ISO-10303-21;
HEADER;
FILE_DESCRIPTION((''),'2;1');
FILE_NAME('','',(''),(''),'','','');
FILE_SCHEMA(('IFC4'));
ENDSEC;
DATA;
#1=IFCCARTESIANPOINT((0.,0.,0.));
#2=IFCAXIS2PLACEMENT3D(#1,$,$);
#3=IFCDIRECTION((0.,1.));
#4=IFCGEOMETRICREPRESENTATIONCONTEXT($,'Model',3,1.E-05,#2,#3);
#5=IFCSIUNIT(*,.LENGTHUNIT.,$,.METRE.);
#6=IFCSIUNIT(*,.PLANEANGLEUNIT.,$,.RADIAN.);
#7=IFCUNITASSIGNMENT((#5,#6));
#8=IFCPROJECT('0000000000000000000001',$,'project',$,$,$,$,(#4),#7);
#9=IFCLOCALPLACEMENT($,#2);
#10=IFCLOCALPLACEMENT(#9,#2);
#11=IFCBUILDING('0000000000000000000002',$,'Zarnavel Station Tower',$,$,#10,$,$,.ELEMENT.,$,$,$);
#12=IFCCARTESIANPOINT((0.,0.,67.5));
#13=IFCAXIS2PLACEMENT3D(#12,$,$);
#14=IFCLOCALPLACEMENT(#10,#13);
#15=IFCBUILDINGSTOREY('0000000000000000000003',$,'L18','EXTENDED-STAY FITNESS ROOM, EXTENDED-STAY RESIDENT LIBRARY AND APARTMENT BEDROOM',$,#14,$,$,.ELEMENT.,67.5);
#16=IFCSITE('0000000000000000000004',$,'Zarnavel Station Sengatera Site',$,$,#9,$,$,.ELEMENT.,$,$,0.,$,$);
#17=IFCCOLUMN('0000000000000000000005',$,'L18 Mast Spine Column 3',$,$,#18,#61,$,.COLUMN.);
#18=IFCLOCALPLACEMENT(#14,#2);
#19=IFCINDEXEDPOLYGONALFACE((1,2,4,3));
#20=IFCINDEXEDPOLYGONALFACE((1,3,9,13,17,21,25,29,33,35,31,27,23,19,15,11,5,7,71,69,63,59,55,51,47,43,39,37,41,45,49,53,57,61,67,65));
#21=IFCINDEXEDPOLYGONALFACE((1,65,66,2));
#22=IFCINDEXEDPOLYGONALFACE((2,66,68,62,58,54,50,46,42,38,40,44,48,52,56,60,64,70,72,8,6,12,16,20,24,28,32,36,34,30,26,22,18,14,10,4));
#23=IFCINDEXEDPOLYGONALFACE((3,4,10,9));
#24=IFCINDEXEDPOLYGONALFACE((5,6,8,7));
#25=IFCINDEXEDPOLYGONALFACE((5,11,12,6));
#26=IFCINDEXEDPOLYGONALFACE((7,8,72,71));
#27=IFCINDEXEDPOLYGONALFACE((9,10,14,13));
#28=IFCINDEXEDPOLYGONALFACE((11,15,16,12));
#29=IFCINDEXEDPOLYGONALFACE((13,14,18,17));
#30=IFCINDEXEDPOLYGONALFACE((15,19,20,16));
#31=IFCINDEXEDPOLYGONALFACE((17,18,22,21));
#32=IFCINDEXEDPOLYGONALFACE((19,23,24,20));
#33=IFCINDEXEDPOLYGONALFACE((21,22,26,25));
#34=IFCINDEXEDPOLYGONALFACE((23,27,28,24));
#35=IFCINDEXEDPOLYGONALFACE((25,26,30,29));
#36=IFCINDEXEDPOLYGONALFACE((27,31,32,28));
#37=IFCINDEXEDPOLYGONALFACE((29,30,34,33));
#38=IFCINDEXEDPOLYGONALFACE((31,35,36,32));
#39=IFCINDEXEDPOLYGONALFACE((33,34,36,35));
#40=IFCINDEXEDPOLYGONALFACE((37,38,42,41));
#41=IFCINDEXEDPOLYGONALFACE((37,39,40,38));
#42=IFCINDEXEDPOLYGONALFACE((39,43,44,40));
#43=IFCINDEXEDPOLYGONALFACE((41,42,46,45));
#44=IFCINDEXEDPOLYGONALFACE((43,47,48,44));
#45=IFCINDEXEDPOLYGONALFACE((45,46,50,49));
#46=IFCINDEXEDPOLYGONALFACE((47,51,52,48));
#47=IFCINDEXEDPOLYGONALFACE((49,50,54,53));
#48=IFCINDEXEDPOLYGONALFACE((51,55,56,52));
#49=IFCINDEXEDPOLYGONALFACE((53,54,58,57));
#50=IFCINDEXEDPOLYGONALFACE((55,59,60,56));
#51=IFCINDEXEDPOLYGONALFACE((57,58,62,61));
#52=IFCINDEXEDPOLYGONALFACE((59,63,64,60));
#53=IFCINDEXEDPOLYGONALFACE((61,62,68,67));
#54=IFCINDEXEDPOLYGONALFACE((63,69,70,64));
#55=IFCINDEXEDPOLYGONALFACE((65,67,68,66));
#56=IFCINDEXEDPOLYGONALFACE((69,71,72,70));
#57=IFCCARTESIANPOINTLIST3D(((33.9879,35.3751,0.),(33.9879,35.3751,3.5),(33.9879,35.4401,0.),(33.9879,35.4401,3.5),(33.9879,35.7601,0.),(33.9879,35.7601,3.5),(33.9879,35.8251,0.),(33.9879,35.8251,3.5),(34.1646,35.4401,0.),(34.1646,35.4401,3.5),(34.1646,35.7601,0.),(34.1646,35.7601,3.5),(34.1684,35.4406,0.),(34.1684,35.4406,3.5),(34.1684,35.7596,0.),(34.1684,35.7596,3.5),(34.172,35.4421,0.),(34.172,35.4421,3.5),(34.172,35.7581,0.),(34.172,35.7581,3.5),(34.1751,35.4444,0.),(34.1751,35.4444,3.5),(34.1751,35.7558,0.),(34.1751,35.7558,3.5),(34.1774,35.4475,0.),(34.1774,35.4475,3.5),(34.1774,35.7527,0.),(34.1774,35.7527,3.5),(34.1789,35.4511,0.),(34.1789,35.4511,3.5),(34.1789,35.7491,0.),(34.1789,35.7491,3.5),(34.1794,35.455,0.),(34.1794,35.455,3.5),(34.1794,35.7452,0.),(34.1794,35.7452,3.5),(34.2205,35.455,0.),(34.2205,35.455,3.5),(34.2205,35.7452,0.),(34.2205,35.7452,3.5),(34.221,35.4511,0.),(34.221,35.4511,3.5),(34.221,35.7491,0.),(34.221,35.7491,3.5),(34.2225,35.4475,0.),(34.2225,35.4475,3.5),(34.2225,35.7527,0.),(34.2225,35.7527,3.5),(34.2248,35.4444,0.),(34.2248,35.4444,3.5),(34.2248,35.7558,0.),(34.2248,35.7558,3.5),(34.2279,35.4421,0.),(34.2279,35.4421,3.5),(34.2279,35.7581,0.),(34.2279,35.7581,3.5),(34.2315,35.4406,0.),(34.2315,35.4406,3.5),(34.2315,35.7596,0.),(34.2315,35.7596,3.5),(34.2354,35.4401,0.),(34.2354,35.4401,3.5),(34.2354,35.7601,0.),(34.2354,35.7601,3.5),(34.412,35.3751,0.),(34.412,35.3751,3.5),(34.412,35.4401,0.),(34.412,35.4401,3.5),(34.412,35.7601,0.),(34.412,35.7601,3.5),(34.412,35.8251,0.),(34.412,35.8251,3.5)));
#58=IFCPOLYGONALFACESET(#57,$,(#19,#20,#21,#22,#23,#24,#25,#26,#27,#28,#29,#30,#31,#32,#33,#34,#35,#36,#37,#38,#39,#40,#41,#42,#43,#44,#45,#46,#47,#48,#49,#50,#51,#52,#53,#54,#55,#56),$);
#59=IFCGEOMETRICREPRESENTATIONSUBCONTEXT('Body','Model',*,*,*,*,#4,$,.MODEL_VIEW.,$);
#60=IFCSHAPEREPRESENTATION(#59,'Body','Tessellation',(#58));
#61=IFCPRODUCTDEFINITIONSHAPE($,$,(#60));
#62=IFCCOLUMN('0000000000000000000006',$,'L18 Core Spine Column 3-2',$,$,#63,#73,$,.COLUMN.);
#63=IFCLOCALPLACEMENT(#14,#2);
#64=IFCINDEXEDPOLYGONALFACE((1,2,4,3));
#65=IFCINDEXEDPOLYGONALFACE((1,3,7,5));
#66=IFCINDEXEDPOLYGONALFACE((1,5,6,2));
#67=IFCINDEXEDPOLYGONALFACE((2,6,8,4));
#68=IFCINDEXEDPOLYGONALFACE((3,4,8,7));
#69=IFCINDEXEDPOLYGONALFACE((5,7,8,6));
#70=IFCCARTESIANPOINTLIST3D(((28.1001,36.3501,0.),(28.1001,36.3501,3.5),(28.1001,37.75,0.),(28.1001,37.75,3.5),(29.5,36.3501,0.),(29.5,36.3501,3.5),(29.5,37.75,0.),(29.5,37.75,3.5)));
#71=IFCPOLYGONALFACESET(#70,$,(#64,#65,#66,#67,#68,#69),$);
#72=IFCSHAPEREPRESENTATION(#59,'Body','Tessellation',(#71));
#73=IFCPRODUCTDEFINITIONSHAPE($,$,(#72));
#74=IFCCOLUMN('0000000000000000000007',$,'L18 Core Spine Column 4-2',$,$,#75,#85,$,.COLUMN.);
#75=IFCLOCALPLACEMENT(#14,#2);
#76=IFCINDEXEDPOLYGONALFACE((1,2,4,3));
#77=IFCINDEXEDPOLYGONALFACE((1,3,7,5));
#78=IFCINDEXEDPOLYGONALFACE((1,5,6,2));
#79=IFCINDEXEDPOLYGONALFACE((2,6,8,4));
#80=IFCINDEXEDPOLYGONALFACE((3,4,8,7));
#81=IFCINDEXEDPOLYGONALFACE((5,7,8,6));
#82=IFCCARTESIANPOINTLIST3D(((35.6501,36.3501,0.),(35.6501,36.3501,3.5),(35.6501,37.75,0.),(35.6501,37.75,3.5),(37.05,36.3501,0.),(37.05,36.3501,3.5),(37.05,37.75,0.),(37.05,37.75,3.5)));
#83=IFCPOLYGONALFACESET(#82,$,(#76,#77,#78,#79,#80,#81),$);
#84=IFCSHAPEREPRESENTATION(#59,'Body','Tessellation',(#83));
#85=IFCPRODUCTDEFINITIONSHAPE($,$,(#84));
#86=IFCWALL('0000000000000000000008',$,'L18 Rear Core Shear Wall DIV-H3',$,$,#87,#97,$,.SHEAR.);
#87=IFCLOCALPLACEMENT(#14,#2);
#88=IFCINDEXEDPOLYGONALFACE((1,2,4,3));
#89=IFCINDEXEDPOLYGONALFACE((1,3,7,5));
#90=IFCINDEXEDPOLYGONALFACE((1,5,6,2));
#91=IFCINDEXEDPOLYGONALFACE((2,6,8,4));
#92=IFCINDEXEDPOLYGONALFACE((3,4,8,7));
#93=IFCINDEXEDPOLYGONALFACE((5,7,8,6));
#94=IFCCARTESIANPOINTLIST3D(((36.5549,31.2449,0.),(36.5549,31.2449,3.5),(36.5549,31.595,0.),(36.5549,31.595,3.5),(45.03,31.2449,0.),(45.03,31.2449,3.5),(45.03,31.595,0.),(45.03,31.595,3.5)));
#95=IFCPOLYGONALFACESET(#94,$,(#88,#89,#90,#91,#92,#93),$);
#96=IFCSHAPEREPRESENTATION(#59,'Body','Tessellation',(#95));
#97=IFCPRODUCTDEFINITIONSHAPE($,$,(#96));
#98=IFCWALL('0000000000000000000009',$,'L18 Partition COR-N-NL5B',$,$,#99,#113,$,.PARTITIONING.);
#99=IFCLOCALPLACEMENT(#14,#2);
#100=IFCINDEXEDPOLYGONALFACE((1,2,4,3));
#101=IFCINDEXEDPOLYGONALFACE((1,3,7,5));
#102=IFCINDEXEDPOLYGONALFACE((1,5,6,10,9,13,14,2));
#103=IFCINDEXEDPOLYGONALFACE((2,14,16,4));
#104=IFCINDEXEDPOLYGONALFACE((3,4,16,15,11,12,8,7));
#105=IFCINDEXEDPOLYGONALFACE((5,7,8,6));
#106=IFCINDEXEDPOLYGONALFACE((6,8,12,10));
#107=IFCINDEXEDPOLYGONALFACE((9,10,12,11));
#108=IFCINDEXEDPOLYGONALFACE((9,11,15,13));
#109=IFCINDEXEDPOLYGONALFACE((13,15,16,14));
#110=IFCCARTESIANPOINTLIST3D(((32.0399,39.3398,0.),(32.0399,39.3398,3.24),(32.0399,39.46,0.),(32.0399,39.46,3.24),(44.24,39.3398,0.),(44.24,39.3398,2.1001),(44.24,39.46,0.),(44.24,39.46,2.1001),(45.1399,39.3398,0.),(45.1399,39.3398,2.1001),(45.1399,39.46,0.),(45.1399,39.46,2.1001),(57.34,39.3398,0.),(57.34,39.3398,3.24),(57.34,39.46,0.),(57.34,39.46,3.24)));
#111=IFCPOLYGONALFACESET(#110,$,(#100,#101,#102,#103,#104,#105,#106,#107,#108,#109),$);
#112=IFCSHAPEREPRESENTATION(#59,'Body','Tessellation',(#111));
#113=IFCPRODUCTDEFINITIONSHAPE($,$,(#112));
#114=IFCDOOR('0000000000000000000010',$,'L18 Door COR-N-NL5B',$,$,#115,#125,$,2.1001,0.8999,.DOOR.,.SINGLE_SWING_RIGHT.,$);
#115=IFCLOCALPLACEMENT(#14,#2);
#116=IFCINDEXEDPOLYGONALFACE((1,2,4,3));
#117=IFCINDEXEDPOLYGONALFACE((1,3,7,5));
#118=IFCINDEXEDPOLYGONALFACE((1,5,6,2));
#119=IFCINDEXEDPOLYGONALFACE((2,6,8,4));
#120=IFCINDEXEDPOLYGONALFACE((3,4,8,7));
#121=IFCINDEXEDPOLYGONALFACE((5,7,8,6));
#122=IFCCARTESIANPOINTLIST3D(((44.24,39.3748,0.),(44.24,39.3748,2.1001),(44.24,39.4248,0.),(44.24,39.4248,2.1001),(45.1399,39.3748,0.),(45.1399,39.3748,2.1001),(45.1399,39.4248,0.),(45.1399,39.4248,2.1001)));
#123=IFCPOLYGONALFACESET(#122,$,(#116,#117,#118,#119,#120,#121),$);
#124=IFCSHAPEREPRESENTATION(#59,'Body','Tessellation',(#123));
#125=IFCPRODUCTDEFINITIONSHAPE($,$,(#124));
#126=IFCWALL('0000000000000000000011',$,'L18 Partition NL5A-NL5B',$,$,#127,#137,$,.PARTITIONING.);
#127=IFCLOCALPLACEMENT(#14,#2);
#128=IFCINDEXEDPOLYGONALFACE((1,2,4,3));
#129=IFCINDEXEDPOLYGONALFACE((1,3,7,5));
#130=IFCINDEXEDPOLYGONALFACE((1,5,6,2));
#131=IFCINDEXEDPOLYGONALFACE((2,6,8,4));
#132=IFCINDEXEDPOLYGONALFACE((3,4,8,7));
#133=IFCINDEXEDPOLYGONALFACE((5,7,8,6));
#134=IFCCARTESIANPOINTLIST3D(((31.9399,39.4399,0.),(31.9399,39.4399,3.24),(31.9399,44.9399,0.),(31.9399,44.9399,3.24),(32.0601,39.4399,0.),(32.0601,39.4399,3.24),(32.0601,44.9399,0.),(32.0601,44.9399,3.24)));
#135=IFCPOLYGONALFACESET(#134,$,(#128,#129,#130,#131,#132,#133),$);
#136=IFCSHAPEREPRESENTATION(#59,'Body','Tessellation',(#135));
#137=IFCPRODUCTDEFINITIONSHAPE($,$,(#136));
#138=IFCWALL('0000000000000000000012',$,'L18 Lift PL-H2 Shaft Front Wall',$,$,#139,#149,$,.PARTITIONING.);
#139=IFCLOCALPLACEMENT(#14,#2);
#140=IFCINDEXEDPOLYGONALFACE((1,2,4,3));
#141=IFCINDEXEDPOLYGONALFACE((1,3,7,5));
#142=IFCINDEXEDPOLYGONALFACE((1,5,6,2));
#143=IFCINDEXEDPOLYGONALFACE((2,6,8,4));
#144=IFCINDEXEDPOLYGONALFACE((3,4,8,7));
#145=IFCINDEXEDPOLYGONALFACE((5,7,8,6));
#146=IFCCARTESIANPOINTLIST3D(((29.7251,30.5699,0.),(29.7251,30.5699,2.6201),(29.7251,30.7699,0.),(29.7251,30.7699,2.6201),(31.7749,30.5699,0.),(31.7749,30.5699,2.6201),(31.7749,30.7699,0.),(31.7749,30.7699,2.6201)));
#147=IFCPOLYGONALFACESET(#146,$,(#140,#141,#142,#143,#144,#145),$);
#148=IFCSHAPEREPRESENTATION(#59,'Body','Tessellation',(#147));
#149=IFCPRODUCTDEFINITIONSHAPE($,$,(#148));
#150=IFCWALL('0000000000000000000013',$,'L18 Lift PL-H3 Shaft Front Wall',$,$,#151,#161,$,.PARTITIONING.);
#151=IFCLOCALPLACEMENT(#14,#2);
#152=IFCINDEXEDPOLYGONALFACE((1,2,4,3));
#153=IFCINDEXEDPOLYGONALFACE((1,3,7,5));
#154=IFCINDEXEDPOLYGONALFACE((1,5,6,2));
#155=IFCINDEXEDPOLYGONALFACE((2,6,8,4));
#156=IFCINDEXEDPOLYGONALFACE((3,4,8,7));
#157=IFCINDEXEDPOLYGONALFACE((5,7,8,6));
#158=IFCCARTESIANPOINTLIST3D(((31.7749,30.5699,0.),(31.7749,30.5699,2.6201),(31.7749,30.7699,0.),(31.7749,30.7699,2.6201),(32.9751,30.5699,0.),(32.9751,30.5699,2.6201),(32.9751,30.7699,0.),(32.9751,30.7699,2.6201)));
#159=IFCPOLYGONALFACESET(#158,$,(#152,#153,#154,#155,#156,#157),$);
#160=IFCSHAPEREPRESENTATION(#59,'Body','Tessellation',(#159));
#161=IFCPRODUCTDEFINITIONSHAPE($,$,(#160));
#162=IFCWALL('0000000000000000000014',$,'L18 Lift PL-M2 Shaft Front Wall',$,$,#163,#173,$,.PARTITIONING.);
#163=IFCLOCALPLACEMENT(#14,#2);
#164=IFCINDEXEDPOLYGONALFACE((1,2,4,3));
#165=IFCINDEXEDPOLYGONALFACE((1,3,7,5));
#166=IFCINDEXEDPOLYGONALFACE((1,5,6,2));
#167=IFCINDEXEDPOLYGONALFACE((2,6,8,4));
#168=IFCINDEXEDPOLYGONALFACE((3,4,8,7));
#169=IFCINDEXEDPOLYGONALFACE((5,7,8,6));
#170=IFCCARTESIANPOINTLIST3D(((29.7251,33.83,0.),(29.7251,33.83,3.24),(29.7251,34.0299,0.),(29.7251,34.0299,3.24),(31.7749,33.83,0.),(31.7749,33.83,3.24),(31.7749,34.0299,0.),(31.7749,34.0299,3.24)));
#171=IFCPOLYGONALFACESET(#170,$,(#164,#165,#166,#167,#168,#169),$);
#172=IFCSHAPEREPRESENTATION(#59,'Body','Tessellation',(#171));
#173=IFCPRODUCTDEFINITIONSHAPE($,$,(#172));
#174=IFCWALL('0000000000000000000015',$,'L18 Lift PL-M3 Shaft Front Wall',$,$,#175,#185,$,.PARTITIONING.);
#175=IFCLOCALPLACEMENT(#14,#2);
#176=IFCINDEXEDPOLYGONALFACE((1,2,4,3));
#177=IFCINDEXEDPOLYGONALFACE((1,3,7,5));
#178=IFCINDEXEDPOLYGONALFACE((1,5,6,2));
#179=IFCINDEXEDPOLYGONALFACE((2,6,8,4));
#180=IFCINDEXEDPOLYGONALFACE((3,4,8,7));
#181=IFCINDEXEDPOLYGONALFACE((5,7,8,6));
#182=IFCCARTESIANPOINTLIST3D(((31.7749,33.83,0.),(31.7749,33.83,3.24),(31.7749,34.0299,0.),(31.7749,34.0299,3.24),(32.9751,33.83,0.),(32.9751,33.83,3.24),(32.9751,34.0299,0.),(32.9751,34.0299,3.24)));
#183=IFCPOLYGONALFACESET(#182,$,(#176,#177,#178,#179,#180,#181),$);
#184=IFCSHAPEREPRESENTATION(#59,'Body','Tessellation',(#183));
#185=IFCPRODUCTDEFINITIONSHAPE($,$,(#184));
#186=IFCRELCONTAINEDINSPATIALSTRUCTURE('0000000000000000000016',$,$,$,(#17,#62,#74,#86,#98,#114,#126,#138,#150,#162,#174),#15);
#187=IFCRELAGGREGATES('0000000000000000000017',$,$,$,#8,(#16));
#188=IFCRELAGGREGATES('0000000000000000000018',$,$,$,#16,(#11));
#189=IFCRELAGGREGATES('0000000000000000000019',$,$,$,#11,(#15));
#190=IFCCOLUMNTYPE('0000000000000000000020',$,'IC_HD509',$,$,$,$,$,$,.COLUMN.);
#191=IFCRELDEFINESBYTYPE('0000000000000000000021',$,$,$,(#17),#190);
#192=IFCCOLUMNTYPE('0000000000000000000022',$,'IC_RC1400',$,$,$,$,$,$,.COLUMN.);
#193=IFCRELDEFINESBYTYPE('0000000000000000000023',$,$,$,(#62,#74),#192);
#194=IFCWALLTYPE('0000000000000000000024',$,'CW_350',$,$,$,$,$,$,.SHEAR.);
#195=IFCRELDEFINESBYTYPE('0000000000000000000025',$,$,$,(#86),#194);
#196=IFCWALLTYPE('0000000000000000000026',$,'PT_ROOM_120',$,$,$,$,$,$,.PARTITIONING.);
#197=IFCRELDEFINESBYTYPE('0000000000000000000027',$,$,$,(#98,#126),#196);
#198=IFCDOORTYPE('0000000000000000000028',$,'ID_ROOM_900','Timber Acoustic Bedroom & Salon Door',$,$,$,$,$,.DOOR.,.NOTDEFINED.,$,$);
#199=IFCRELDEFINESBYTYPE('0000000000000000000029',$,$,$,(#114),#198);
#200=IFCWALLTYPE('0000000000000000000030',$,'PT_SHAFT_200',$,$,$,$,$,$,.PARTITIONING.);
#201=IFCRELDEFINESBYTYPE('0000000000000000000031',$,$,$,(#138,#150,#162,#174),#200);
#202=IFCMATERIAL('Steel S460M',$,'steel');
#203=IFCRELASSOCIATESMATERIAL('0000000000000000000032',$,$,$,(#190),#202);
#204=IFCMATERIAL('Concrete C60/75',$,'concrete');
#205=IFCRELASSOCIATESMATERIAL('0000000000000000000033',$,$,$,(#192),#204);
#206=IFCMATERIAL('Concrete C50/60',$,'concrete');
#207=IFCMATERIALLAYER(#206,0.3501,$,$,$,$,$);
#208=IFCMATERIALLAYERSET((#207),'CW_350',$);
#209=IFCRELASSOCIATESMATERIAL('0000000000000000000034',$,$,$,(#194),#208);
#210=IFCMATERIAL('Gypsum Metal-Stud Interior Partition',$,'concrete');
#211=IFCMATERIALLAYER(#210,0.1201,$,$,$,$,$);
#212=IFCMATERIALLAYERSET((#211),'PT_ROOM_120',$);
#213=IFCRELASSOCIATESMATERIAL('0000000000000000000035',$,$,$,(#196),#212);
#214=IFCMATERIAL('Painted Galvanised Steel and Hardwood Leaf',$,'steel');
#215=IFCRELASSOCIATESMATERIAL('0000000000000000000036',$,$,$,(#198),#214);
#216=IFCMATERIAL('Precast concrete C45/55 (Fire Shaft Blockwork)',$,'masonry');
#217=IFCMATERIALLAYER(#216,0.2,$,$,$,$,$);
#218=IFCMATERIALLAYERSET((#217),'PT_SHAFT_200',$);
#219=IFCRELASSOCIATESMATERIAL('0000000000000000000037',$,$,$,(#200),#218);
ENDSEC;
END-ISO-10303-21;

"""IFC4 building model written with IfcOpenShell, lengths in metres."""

from ifc_helpers import new_model, si_unit, direction, frame, frame_2d, origin, origin_2d, place, context, subcontext, project, spatial, rectangle, i_section, extrude, material, layer, layer_set, material_profile, profile_set, type_object, element, fill, save


model = new_model("IFC4")

# Units and contexts
model_context = context("Model", 3, precision=1e-05, world=origin(), true_north=direction((0.0, 1.0)))
body_context = subcontext(model_context, "Body", "Model", "MODEL_VIEW")
ifc_project = project(units=[si_unit("LENGTHUNIT", "METRE"), si_unit("PLANEANGLEUNIT", "RADIAN")], contexts=[model_context])

# Site, building, storey
site_placement = place(None, origin())
site = spatial("IfcSite", under=ifc_project, at=site_placement, Name="Zarnavel Station Sengatera Site", CompositionType="ELEMENT", RefElevation=0.0)
building_placement = place(site_placement, origin())
building = spatial("IfcBuilding", under=site, at=building_placement, Name="Zarnavel Station Tower", CompositionType="ELEMENT")
storey_placement = place(building_placement, frame((0.0, 0.0, 67.5)))
storey = spatial("IfcBuildingStorey", under=building, at=storey_placement, Name="L18", Description="EXTENDED-STAY FITNESS ROOM, EXTENDED-STAY RESIDENT LIBRARY AND APARTMENT BEDROOM", CompositionType="ELEMENT", Elevation=67.5)

# Columns
ifc_material_1 = material(Name="Steel S460M", Category="steel")
ifc_material_profile_1 = material_profile(ifc_material_1, i_section(OverallWidth=0.4241, OverallDepth=0.45, WebThickness=0.041, FlangeThickness=0.0649, FilletRadius=0.0149, at=origin_2d()), Name="HD400x509")
ifc_profile_set_1 = profile_set([ifc_material_profile_1], Name="Steel S460M")
column_type_1 = type_object("IfcColumnType", Name="IC_HD509", PredefinedType="COLUMN", material=ifc_profile_set_1)
column_placement = place(storey_placement, frame((34.2, 35.6001, 0.0), z_axis=(0.0, 0.0, 1.0), x_axis=(1.0, 0.0, 0.0)))
element("IfcColumn", 1, at=column_placement, inside=storey, type_object=column_type_1, Name="L18 Mast Spine Column 3", PredefinedType="COLUMN", context=body_context, shape_type="SweptSolid", body=[
    extrude(i_section(OverallWidth=0.4241, OverallDepth=0.45, WebThickness=0.041, FlangeThickness=0.0649, FilletRadius=0.0149, at=origin_2d()), origin(), (0.0, 0.0, 1.0), 3.5),
])
ifc_material_2 = material(Name="Concrete C60/75", Category="concrete")
ifc_material_profile_2 = material_profile(ifc_material_2, rectangle(XDim=1.3999, YDim=1.3999, at=origin_2d()), Name="RC1400x1400")
ifc_profile_set_2 = profile_set([ifc_material_profile_2], Name="Concrete C60/75")
column_type_2 = type_object("IfcColumnType", Name="IC_RC1400", PredefinedType="COLUMN", material=ifc_profile_set_2)
for number, where, z_axis, x_axis, name in (
    (2, (28.8, 37.05, 0.0), (0.0, 0.0, 1.0), (1.0, 0.0, 0.0), "L18 Core Spine Column 3-2"),
    (3, (36.3501, 37.05, 0.0), (0.0, 0.0, 1.0), (1.0, 0.0, 0.0), "L18 Core Spine Column 4-2"),
):
    element("IfcColumn", number, at=place(storey_placement, frame(where, z_axis=z_axis, x_axis=x_axis)), inside=storey, type_object=column_type_2, Name=name, PredefinedType="COLUMN", context=body_context, shape_type="SweptSolid", body=[
        extrude(rectangle(XDim=1.3999, YDim=1.3999, at=origin_2d()), origin(), (0.0, 0.0, 1.0), 3.5),
    ])

# Wall
ifc_material_3 = material(Name="Concrete C50/60", Category="concrete")
ifc_layer_1 = layer(ifc_material_3, 0.3501)
ifc_layer_set_1 = layer_set([ifc_layer_1], Name="CW_350")
wall_type_1 = type_object("IfcWallType", Name="CW_350", PredefinedType="SHEAR", material=ifc_layer_set_1)
wall_1_placement = place(storey_placement, frame((36.5549, 31.4199, 0.0), z_axis=(0.0, 0.0, 1.0), x_axis=(1.0, 0.0, 0.0)))
element("IfcWall", 4, at=wall_1_placement, inside=storey, type_object=wall_type_1, Name="L18 Rear Core Shear Wall DIV-H3", PredefinedType="SHEAR", context=body_context, shape_type="SweptSolid", body=[
    extrude(rectangle(XDim=8.4751, YDim=0.3501, at=frame_2d((4.2375, 0.0))), origin(), (0.0, 0.0, 1.0), 3.5),
])

# Wall, opening, door
ifc_material_4 = material(Name="Gypsum Metal-Stud Interior Partition", Category="concrete")
ifc_layer_2 = layer(ifc_material_4, 0.1201)
ifc_layer_set_2 = layer_set([ifc_layer_2], Name="PT_ROOM_120")
wall_type_2 = type_object("IfcWallType", Name="PT_ROOM_120", PredefinedType="PARTITIONING", material=ifc_layer_set_2)
wall_2_placement = place(storey_placement, frame((32.04, 39.3999, 0.0), z_axis=(0.0, 0.0, 1.0), x_axis=(1.0, 0.0, 0.0)))
wall_2 = element("IfcWall", 5, at=wall_2_placement, inside=storey, type_object=wall_type_2, Name="L18 Partition COR-N-NL5B", PredefinedType="PARTITIONING", context=body_context, shape_type="SweptSolid", body=[
    extrude(rectangle(XDim=25.3, YDim=0.1201, at=frame_2d((12.6499, 0.0))), origin(), (0.0, 0.0, 1.0), 3.24),
])
opening_1_placement = place(wall_2_placement, frame((12.2, 0.0, 0.0)))
opening_1 = element("IfcOpeningElement", 6, at=opening_1_placement, cuts=wall_2, PredefinedType="OPENING", context=body_context, shape_type="SweptSolid", body=[
    extrude(rectangle(XDim=0.8999, YDim=2.1001, at=frame_2d((0.45, 1.05))), frame((0.0, 0.0701, 0.0), z_axis=(0.0, -1.0, 0.0), x_axis=(1.0, 0.0, 0.0)), (0.0, 0.0, 1.0), 0.1401),
])
ifc_material_5 = material(Name="Painted Galvanised Steel and Hardwood Leaf", Category="steel")
door_type_1 = type_object("IfcDoorType", Name="ID_ROOM_900", Description="Timber Acoustic Bedroom & Salon Door", OperationType="NOTDEFINED", PredefinedType="DOOR", material=ifc_material_5)
door_1_placement = place(opening_1_placement, origin())
door_1 = element("IfcDoor", 7, at=door_1_placement, inside=storey, type_object=door_type_1, Name="L18 Door COR-N-NL5B", OperationType="SINGLE_SWING_RIGHT", OverallHeight=2.1001, OverallWidth=0.8999, PredefinedType="DOOR", context=body_context, shape_type="SweptSolid", body=[
    extrude(rectangle(XDim=0.8999, YDim=2.1001, at=frame_2d((0.45, 1.05))), frame((0.0, 0.0249, 0.0), z_axis=(0.0, -1.0, 0.0), x_axis=(1.0, 0.0, 0.0)), (0.0, 0.0, 1.0), 0.05),
])
fill(opening_1, door_1)

# Wall
wall_3_placement = place(storey_placement, frame((32.0, 39.4399, 0.0), z_axis=(0.0, 0.0, 1.0), x_axis=(0.0, 1.0, 0.0)))
element("IfcWall", 8, at=wall_3_placement, inside=storey, type_object=wall_type_2, Name="L18 Partition NL5A-NL5B", PredefinedType="PARTITIONING", context=body_context, shape_type="SweptSolid", body=[
    extrude(rectangle(XDim=5.5, YDim=0.1201, at=frame_2d((2.75, 0.0))), origin(), (0.0, 0.0, 1.0), 3.24),
])

# Shared definitions
ifc_material_6 = material(Name="Precast concrete C45/55 (Fire Shaft Blockwork)", Category="masonry")
ifc_layer_3 = layer(ifc_material_6, 0.2)
ifc_layer_set_3 = layer_set([ifc_layer_3], Name="PT_SHAFT_200")
wall_type_3 = type_object("IfcWallType", Name="PT_SHAFT_200", PredefinedType="PARTITIONING", material=ifc_layer_set_3)

# Walls
wall_4_placement = place(storey_placement, frame((29.7251, 30.6699, 0.0), z_axis=(0.0, 0.0, 1.0), x_axis=(1.0, 0.0, 0.0)))
element("IfcWall", 9, at=wall_4_placement, inside=storey, type_object=wall_type_3, Name="L18 Lift PL-H2 Shaft Front Wall", PredefinedType="PARTITIONING", context=body_context, shape_type="SweptSolid", body=[
    extrude(rectangle(XDim=2.0498, YDim=0.2, at=frame_2d((1.0249, 0.0))), origin(), (0.0, 0.0, 1.0), 2.6201),
])
wall_5_placement = place(storey_placement, frame((31.7749, 30.6699, 0.0), z_axis=(0.0, 0.0, 1.0), x_axis=(1.0, 0.0, 0.0)))
element("IfcWall", 10, at=wall_5_placement, inside=storey, type_object=wall_type_3, Name="L18 Lift PL-H3 Shaft Front Wall", PredefinedType="PARTITIONING", context=body_context, shape_type="SweptSolid", body=[
    extrude(rectangle(XDim=1.2002, YDim=0.2, at=frame_2d((0.6001, 0.0))), origin(), (0.0, 0.0, 1.0), 2.6201),
])
wall_6_placement = place(storey_placement, frame((29.7251, 33.9299, 0.0), z_axis=(0.0, 0.0, 1.0), x_axis=(1.0, 0.0, 0.0)))
element("IfcWall", 11, at=wall_6_placement, inside=storey, type_object=wall_type_3, Name="L18 Lift PL-M2 Shaft Front Wall", PredefinedType="PARTITIONING", context=body_context, shape_type="SweptSolid", body=[
    extrude(rectangle(XDim=2.0498, YDim=0.2, at=frame_2d((1.0249, 0.0))), origin(), (0.0, 0.0, 1.0), 3.24),
])
wall_7_placement = place(storey_placement, frame((31.7749, 33.9299, 0.0), z_axis=(0.0, 0.0, 1.0), x_axis=(1.0, 0.0, 0.0)))
element("IfcWall", 12, at=wall_7_placement, inside=storey, type_object=wall_type_3, Name="L18 Lift PL-M3 Shaft Front Wall", PredefinedType="PARTITIONING", context=body_context, shape_type="SweptSolid", body=[
    extrude(rectangle(XDim=1.2002, YDim=0.2, at=frame_2d((0.6001, 0.0))), origin(), (0.0, 0.0, 1.0), 3.24),
])

save(model, "model.ifc")
